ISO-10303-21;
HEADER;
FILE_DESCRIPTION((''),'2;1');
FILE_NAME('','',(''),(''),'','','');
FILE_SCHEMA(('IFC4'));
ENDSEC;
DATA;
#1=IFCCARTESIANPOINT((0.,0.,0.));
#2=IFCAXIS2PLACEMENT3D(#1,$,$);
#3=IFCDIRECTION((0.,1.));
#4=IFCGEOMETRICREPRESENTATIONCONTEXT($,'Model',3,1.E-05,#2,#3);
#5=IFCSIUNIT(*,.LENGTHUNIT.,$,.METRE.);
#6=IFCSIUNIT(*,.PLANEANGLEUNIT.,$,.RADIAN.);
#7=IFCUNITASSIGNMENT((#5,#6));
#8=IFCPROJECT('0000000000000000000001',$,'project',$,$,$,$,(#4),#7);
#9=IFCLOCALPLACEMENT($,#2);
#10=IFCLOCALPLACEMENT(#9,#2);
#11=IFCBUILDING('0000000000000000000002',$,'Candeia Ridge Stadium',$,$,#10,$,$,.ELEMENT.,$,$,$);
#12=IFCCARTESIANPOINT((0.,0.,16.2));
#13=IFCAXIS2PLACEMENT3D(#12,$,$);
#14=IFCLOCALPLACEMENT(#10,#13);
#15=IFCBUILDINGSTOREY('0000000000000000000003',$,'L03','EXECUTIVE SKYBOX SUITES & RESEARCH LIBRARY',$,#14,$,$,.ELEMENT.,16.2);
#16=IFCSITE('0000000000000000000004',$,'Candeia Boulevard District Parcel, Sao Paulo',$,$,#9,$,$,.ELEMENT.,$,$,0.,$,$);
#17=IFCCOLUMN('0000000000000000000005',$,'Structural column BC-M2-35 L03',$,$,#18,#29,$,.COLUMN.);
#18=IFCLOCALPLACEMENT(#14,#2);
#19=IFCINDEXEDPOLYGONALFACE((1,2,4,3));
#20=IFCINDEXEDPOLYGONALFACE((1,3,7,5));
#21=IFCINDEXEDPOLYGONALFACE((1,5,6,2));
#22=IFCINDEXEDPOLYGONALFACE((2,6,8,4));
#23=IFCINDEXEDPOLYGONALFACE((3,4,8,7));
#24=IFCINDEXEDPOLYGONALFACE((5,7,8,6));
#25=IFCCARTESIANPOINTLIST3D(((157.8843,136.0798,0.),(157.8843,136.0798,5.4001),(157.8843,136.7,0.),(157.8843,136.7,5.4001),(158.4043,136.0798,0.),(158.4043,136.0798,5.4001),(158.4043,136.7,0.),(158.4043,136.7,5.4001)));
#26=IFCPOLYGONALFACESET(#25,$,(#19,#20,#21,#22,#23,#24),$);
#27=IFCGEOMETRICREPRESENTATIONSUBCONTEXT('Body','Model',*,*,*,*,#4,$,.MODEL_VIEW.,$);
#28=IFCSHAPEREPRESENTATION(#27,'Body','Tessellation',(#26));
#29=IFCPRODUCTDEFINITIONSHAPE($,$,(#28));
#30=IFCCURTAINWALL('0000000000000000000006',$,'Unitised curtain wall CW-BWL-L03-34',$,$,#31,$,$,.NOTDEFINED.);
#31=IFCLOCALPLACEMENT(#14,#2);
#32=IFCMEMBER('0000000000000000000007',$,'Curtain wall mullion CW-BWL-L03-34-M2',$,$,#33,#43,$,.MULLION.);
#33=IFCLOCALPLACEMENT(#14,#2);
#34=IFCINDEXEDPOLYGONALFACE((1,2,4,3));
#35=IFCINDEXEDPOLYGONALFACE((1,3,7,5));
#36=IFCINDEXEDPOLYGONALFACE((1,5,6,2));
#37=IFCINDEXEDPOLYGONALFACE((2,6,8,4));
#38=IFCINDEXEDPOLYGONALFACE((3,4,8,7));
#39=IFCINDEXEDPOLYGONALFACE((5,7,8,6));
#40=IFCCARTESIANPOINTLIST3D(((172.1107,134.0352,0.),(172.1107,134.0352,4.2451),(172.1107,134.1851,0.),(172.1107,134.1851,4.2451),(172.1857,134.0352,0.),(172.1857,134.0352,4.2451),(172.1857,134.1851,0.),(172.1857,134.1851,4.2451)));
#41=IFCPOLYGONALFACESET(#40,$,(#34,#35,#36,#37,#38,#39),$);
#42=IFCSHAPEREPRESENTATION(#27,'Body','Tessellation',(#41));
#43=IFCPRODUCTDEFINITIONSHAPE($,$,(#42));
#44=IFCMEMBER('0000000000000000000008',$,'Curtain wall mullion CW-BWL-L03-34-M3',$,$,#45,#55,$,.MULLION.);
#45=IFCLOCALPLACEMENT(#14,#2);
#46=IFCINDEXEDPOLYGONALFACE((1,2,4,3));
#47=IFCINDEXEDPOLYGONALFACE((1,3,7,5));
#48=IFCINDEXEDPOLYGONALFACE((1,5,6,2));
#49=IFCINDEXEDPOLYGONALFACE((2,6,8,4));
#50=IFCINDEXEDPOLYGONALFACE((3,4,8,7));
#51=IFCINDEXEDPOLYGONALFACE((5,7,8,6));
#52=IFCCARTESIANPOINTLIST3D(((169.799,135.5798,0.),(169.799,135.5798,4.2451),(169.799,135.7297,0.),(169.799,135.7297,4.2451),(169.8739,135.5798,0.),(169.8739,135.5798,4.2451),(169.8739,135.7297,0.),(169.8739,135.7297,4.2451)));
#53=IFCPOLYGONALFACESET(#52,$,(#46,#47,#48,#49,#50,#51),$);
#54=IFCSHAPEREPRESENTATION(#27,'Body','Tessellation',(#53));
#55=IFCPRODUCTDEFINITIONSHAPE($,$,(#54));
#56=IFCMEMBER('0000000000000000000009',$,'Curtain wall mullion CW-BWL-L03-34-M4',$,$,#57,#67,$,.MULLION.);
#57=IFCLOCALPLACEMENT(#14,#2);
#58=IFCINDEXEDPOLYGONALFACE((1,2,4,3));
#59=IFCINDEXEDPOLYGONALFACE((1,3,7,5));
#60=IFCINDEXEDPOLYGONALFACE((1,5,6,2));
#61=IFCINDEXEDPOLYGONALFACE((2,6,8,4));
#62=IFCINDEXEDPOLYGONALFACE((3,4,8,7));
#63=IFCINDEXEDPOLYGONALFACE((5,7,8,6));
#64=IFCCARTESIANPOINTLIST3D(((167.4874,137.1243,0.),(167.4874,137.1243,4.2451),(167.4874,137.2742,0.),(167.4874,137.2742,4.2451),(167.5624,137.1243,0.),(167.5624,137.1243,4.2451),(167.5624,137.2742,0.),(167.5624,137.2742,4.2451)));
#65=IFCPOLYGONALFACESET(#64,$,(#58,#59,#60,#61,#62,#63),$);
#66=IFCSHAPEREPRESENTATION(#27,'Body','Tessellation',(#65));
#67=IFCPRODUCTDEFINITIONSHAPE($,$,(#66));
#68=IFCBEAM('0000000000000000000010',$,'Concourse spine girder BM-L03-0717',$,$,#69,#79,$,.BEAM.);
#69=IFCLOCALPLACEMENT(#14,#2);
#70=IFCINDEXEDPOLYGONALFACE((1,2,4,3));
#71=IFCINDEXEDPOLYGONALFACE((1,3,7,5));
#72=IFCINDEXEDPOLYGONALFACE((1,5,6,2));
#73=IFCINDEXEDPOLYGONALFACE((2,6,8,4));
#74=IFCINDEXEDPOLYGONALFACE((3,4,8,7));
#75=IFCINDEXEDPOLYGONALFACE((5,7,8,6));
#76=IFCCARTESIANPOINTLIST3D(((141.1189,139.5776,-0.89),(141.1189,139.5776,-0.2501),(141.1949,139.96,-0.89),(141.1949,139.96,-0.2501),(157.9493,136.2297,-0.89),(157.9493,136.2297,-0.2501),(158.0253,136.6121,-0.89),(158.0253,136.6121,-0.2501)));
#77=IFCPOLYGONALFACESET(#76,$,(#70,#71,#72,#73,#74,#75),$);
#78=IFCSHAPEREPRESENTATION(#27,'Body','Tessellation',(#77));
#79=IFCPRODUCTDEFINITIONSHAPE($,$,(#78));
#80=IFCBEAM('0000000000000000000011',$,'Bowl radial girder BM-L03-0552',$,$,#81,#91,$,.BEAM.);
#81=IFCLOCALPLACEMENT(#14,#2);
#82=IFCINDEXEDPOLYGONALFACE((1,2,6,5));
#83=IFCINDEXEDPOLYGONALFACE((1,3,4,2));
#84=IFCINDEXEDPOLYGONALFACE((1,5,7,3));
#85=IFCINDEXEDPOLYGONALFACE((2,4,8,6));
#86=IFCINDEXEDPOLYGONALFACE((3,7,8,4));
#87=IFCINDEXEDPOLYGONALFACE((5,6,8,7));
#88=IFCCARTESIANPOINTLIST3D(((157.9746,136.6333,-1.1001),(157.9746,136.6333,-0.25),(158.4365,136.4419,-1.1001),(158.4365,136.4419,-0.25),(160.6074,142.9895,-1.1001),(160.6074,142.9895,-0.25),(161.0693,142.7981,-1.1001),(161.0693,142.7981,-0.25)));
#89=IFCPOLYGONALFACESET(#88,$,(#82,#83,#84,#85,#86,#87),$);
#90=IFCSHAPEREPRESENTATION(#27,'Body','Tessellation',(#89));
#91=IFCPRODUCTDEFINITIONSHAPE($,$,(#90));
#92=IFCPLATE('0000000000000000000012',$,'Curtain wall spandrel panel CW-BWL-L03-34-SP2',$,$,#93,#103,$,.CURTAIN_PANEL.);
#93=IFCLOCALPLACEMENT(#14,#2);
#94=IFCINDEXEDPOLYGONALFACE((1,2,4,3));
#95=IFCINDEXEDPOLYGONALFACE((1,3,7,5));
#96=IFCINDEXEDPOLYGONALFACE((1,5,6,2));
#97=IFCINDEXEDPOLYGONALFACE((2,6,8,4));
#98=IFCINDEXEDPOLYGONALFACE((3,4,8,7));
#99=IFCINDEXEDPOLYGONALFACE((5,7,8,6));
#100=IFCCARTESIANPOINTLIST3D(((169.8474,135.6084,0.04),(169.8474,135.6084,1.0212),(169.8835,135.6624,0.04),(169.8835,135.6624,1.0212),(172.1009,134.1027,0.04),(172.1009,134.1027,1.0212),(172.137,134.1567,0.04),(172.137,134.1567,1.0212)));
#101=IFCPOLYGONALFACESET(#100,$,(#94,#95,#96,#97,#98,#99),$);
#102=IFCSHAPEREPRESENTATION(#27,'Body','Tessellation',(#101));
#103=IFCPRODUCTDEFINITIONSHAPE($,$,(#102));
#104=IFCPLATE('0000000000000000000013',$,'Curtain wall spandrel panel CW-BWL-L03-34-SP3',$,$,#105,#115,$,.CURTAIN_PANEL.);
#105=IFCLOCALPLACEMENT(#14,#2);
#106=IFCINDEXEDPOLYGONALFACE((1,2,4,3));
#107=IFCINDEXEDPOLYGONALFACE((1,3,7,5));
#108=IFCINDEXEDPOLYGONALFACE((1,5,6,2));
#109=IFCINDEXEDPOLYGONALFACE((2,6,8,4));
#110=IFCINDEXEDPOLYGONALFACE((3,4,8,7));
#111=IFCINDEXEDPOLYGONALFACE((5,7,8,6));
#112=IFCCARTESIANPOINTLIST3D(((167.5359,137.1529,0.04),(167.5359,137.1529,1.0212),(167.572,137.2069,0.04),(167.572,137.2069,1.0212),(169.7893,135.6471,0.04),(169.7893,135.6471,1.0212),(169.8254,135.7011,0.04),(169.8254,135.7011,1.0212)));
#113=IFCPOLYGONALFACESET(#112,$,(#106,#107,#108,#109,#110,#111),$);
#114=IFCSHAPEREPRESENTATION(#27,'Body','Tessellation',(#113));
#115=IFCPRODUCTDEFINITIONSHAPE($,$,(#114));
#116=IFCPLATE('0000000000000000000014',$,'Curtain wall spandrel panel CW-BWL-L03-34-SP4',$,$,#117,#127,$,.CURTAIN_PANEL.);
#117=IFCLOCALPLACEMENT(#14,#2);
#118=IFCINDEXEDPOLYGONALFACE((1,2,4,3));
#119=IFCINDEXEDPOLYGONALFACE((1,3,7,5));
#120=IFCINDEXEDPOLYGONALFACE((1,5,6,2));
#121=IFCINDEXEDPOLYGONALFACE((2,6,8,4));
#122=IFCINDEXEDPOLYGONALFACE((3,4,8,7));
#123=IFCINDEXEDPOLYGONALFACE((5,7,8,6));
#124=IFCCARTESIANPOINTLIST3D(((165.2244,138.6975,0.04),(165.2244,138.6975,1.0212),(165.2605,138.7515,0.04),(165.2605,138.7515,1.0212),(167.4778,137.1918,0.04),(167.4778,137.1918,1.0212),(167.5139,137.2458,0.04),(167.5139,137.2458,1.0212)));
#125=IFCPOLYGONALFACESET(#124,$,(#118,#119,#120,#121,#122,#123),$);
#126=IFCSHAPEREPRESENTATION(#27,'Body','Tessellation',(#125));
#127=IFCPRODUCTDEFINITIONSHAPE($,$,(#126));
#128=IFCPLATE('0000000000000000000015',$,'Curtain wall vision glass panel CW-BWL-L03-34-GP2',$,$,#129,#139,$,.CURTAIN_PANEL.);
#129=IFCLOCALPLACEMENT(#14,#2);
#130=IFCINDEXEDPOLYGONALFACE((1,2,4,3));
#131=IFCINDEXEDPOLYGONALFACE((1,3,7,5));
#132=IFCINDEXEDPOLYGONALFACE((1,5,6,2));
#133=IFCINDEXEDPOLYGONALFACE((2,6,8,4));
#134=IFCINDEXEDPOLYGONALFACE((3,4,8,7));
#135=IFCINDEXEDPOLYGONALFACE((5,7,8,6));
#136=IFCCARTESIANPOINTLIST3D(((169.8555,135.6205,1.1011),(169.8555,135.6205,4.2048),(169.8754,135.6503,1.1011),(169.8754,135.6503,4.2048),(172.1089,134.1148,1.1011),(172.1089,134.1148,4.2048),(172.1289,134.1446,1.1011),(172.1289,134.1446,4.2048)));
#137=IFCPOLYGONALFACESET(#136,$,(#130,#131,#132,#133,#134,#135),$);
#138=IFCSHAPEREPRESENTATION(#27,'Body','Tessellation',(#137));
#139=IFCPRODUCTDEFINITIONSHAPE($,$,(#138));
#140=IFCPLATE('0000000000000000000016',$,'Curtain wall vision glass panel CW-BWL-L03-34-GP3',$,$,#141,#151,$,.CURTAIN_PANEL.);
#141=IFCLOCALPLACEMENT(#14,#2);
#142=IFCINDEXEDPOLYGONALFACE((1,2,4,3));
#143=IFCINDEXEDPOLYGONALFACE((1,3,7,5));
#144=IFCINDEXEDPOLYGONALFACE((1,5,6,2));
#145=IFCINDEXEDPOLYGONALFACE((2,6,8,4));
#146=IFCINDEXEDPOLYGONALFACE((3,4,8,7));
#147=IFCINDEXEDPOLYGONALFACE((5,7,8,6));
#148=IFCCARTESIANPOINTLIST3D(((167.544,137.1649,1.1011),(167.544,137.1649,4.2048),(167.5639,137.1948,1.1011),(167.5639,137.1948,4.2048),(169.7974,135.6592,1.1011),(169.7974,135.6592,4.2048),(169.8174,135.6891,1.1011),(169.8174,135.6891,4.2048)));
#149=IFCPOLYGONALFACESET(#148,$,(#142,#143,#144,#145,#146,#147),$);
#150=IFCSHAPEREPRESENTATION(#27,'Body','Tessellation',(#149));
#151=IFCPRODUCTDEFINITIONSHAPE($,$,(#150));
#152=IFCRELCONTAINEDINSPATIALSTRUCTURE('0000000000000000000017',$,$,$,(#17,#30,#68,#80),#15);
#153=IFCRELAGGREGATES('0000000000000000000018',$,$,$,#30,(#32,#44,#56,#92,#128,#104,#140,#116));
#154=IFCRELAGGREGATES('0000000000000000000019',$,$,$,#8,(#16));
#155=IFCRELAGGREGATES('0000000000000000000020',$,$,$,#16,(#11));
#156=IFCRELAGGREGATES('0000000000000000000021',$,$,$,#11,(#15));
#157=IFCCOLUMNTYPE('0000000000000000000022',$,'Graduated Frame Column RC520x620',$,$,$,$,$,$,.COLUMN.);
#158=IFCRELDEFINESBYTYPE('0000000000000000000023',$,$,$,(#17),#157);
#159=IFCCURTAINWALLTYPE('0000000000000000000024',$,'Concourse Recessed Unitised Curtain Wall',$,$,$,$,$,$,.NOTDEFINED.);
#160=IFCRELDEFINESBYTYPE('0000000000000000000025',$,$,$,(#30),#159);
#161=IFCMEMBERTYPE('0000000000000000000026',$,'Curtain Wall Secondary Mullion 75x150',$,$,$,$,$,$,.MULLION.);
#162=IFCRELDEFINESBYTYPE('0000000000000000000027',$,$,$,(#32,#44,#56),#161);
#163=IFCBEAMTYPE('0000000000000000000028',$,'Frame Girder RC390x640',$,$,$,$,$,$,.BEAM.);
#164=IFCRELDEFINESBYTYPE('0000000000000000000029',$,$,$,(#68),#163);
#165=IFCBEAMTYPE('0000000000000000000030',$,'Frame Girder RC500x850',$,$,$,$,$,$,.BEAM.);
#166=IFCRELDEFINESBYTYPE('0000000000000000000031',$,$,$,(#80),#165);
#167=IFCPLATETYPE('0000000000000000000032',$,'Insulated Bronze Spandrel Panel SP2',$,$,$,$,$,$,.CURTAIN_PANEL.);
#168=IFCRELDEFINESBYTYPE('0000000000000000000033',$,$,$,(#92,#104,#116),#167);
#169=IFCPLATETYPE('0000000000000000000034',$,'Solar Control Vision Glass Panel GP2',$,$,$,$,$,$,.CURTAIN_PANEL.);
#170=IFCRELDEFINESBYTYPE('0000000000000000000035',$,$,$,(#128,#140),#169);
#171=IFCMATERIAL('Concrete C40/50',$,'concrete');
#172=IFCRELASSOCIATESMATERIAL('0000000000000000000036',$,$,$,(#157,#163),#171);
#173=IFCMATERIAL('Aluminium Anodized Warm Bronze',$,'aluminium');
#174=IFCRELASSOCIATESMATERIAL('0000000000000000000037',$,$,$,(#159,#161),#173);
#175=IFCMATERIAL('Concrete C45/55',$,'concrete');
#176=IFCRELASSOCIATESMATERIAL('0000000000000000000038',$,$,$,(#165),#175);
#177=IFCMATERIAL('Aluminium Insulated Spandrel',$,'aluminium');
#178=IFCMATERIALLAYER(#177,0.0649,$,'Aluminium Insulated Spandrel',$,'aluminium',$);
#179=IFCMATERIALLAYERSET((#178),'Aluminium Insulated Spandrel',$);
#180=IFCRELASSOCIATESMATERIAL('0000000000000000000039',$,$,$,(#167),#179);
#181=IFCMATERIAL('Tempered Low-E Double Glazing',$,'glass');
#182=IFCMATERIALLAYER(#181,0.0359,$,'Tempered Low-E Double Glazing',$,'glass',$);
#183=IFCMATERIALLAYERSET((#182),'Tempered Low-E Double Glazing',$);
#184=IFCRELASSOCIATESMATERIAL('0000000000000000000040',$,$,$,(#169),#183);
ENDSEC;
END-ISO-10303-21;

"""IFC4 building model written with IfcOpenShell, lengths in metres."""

from ifc_helpers import new_model, si_unit, direction, frame, origin, origin_2d, place, context, subcontext, project, spatial, rectangle, extrude, material, layer, layer_set, material_profile, profile_set, type_object, element, aggregate, save


model = new_model("IFC4")

# Units and contexts
model_context = context("Model", 3, precision=1e-05, world=origin(), true_north=direction((0.0, 1.0)))
body_context = subcontext(model_context, "Body", "Model", "MODEL_VIEW")
ifc_project = project(units=[si_unit("LENGTHUNIT", "METRE"), si_unit("PLANEANGLEUNIT", "RADIAN")], contexts=[model_context])

# Site, building, storey
site_placement = place(None, origin())
site = spatial("IfcSite", under=ifc_project, at=site_placement, Name="Candeia Boulevard District Parcel, Sao Paulo", CompositionType="ELEMENT", RefElevation=0.0)
building_placement = place(site_placement, origin())
building = spatial("IfcBuilding", under=site, at=building_placement, Name="Candeia Ridge Stadium", CompositionType="ELEMENT")
storey_placement = place(building_placement, frame((0.0, 0.0, 16.2)))
storey = spatial("IfcBuildingStorey", under=building, at=storey_placement, Name="L03", Description="EXECUTIVE SKYBOX SUITES & RESEARCH LIBRARY", CompositionType="ELEMENT", Elevation=16.2)

# Column
ifc_material_1 = material(Name="Concrete C40/50", Category="concrete")
ifc_material_profile_1 = material_profile(ifc_material_1, rectangle(XDim=0.52, YDim=0.6201, at=origin_2d()), Name="RC520x620", Category="concrete")
ifc_profile_set_1 = profile_set([ifc_material_profile_1], Name="Concrete C40/50")
column_type = type_object("IfcColumnType", Name="Graduated Frame Column RC520x620", PredefinedType="COLUMN", material=ifc_profile_set_1)
column_placement = place(storey_placement, frame((158.1443, 136.3899, 0.0), z_axis=(0.0, 0.0, 1.0), x_axis=(1.0, 0.0, 0.0)))
element("IfcColumn", 1, at=column_placement, inside=storey, type_object=column_type, Name="Structural column BC-M2-35 L03", PredefinedType="COLUMN", context=body_context, shape_type="SweptSolid", body=[
    extrude(rectangle(XDim=0.52, YDim=0.6201, at=origin_2d()), origin(), (0.0, 0.0, 1.0), 5.4001),
])

# Curtain wall, members
ifc_material_2 = material(Name="Aluminium Anodized Warm Bronze", Category="aluminium")
curtain_wall_type = type_object("IfcCurtainWallType", Name="Concourse Recessed Unitised Curtain Wall", PredefinedType="NOTDEFINED", material=ifc_material_2)
curtain_wall_placement = place(storey_placement, origin())
curtain_wall = element("IfcCurtainWall", 2, at=curtain_wall_placement, inside=storey, type_object=curtain_wall_type, Name="Unitised curtain wall CW-BWL-L03-34", PredefinedType="NOTDEFINED")
ifc_material_profile_2 = material_profile(ifc_material_2, rectangle(XDim=0.075, YDim=0.1499, at=origin_2d()), Name="CWM-75x150", Category="aluminium")
ifc_profile_set_2 = profile_set([ifc_material_profile_2], Name="Aluminium Anodized Warm Bronze")
member_type = type_object("IfcMemberType", Name="Curtain Wall Secondary Mullion 75x150", PredefinedType="MULLION", material=ifc_profile_set_2)
member_1_placement = place(storey_placement, frame((172.1482, 134.1101, 0.0), z_axis=(0.0, 0.0, 1.0), x_axis=(1.0, 0.0, 0.0)))
member_1 = element("IfcMember", 3, at=member_1_placement, type_object=member_type, Name="Curtain wall mullion CW-BWL-L03-34-M2", PredefinedType="MULLION", context=body_context, shape_type="SweptSolid", body=[
    extrude(rectangle(XDim=0.075, YDim=0.1499, at=origin_2d()), origin(), (0.0, 0.0, 1.0), 4.2451),
])
member_2_placement = place(storey_placement, frame((169.8364, 135.6548, 0.0), z_axis=(0.0, 0.0, 1.0), x_axis=(1.0, 0.0, 0.0)))
member_2 = element("IfcMember", 4, at=member_2_placement, type_object=member_type, Name="Curtain wall mullion CW-BWL-L03-34-M3", PredefinedType="MULLION", context=body_context, shape_type="SweptSolid", body=[
    extrude(rectangle(XDim=0.075, YDim=0.1499, at=origin_2d()), origin(), (0.0, 0.0, 1.0), 4.2451),
])
member_3_placement = place(storey_placement, frame((167.5249, 137.1992, 0.0), z_axis=(0.0, 0.0, 1.0), x_axis=(1.0, 0.0, 0.0)))
member_3 = element("IfcMember", 5, at=member_3_placement, type_object=member_type, Name="Curtain wall mullion CW-BWL-L03-34-M4", PredefinedType="MULLION", context=body_context, shape_type="SweptSolid", body=[
    extrude(rectangle(XDim=0.075, YDim=0.1499, at=origin_2d()), origin(), (0.0, 0.0, 1.0), 4.2451),
])

# Beams
ifc_material_profile_3 = material_profile(ifc_material_1, rectangle(XDim=0.3899, YDim=0.6399, at=origin_2d()), Name="RC390x640", Category="concrete")
ifc_profile_set_3 = profile_set([ifc_material_profile_3], Name="Concrete C40/50")
beam_type_1 = type_object("IfcBeamType", Name="Frame Girder RC390x640", PredefinedType="BEAM", material=ifc_profile_set_3)
beam_1_placement = place(storey_placement, frame((157.9873, 136.4209, -0.5701), z_axis=(-0.980784, 0.195098, 0.0), x_axis=(-0.195098, -0.980784, 0.0)))
element("IfcBeam", 6, at=beam_1_placement, inside=storey, type_object=beam_type_1, Name="Concourse spine girder BM-L03-0717", PredefinedType="BEAM", context=body_context, shape_type="SweptSolid", body=[
    extrude(rectangle(XDim=0.3899, YDim=0.6399, at=origin_2d()), origin(), (0.0, 0.0, 1.0), 17.1602),
])
ifc_material_3 = material(Name="Concrete C45/55", Category="concrete")
ifc_material_profile_4 = material_profile(ifc_material_3, rectangle(XDim=0.5, YDim=0.8501, at=origin_2d()), Name="RC500x850", Category="concrete")
ifc_profile_set_4 = profile_set([ifc_material_profile_4], Name="Concrete C45/55")
beam_type_2 = type_object("IfcBeamType", Name="Frame Girder RC500x850", PredefinedType="BEAM", material=ifc_profile_set_4)
beam_2_placement = place(storey_placement, frame((158.2056, 136.5376, -0.675), z_axis=(0.382682, 0.92388, 0.0), x_axis=(-0.92388, 0.382682, 0.0)))
element("IfcBeam", 7, at=beam_2_placement, inside=storey, type_object=beam_type_2, Name="Bowl radial girder BM-L03-0552", PredefinedType="BEAM", context=body_context, shape_type="SweptSolid", body=[
    extrude(rectangle(XDim=0.5, YDim=0.8501, at=origin_2d()), origin(), (0.0, 0.0, 1.0), 6.8799),
])

# Plates
ifc_material_4 = material(Name="Aluminium Insulated Spandrel", Category="aluminium")
ifc_layer_1 = layer(ifc_material_4, 0.0649, Name="Aluminium Insulated Spandrel", Category="aluminium")
ifc_layer_set_1 = layer_set([ifc_layer_1], Name="Aluminium Insulated Spandrel")
plate_type_1 = type_object("IfcPlateType", Name="Insulated Bronze Spandrel Panel SP2", PredefinedType="CURTAIN_PANEL", material=ifc_layer_set_1)
plate_1_placement = place(storey_placement, frame((170.9922, 134.8826, 0.04), z_axis=(0.0, 0.0, 1.0), x_axis=(-0.831469, 0.555571, 0.0)))
plate_1 = element("IfcPlate", 8, at=plate_1_placement, type_object=plate_type_1, Name="Curtain wall spandrel panel CW-BWL-L03-34-SP2", PredefinedType="CURTAIN_PANEL", context=body_context, shape_type="SweptSolid", body=[
    extrude(rectangle(XDim=2.7102, YDim=0.0649, at=origin_2d()), origin(), (0.0, 0.0, 1.0), 0.9812),
])
plate_2_placement = place(storey_placement, frame((168.6807, 136.427, 0.04), z_axis=(0.0, 0.0, 1.0), x_axis=(-0.831469, 0.555571, 0.0)))
plate_2 = element("IfcPlate", 9, at=plate_2_placement, type_object=plate_type_1, Name="Curtain wall spandrel panel CW-BWL-L03-34-SP3", PredefinedType="CURTAIN_PANEL", context=body_context, shape_type="SweptSolid", body=[
    extrude(rectangle(XDim=2.7102, YDim=0.0649, at=origin_2d()), origin(), (0.0, 0.0, 1.0), 0.9812),
])
plate_3_placement = place(storey_placement, frame((166.3691, 137.9717, 0.04), z_axis=(0.0, 0.0, 1.0), x_axis=(-0.831469, 0.555571, 0.0)))
plate_3 = element("IfcPlate", 10, at=plate_3_placement, type_object=plate_type_1, Name="Curtain wall spandrel panel CW-BWL-L03-34-SP4", PredefinedType="CURTAIN_PANEL", context=body_context, shape_type="SweptSolid", body=[
    extrude(rectangle(XDim=2.7102, YDim=0.0649, at=origin_2d()), origin(), (0.0, 0.0, 1.0), 0.9812),
])
ifc_material_5 = material(Name="Tempered Low-E Double Glazing", Category="glass")
ifc_layer_2 = layer(ifc_material_5, 0.0359, Name="Tempered Low-E Double Glazing", Category="glass")
ifc_layer_set_2 = layer_set([ifc_layer_2], Name="Tempered Low-E Double Glazing")
plate_type_2 = type_object("IfcPlateType", Name="Solar Control Vision Glass Panel GP2", PredefinedType="CURTAIN_PANEL", material=ifc_layer_set_2)
plate_4_placement = place(storey_placement, frame((170.9922, 134.8826, 1.1011), z_axis=(0.0, 0.0, 1.0), x_axis=(-0.831469, 0.555571, 0.0)))
plate_4 = element("IfcPlate", 11, at=plate_4_placement, type_object=plate_type_2, Name="Curtain wall vision glass panel CW-BWL-L03-34-GP2", PredefinedType="CURTAIN_PANEL", context=body_context, shape_type="SweptSolid", body=[
    extrude(rectangle(XDim=2.7102, YDim=0.0359, at=origin_2d()), origin(), (0.0, 0.0, 1.0), 3.1038),
])
plate_5_placement = place(storey_placement, frame((168.6807, 136.427, 1.1011), z_axis=(0.0, 0.0, 1.0), x_axis=(-0.831469, 0.555571, 0.0)))
plate_5 = element("IfcPlate", 12, at=plate_5_placement, type_object=plate_type_2, Name="Curtain wall vision glass panel CW-BWL-L03-34-GP3", PredefinedType="CURTAIN_PANEL", context=body_context, shape_type="SweptSolid", body=[
    extrude(rectangle(XDim=2.7102, YDim=0.0359, at=origin_2d()), origin(), (0.0, 0.0, 1.0), 3.1038),
])
aggregate(curtain_wall, [member_1, member_2, member_3, plate_1, plate_4, plate_2, plate_5, plate_3])

save(model, "model.ifc")
